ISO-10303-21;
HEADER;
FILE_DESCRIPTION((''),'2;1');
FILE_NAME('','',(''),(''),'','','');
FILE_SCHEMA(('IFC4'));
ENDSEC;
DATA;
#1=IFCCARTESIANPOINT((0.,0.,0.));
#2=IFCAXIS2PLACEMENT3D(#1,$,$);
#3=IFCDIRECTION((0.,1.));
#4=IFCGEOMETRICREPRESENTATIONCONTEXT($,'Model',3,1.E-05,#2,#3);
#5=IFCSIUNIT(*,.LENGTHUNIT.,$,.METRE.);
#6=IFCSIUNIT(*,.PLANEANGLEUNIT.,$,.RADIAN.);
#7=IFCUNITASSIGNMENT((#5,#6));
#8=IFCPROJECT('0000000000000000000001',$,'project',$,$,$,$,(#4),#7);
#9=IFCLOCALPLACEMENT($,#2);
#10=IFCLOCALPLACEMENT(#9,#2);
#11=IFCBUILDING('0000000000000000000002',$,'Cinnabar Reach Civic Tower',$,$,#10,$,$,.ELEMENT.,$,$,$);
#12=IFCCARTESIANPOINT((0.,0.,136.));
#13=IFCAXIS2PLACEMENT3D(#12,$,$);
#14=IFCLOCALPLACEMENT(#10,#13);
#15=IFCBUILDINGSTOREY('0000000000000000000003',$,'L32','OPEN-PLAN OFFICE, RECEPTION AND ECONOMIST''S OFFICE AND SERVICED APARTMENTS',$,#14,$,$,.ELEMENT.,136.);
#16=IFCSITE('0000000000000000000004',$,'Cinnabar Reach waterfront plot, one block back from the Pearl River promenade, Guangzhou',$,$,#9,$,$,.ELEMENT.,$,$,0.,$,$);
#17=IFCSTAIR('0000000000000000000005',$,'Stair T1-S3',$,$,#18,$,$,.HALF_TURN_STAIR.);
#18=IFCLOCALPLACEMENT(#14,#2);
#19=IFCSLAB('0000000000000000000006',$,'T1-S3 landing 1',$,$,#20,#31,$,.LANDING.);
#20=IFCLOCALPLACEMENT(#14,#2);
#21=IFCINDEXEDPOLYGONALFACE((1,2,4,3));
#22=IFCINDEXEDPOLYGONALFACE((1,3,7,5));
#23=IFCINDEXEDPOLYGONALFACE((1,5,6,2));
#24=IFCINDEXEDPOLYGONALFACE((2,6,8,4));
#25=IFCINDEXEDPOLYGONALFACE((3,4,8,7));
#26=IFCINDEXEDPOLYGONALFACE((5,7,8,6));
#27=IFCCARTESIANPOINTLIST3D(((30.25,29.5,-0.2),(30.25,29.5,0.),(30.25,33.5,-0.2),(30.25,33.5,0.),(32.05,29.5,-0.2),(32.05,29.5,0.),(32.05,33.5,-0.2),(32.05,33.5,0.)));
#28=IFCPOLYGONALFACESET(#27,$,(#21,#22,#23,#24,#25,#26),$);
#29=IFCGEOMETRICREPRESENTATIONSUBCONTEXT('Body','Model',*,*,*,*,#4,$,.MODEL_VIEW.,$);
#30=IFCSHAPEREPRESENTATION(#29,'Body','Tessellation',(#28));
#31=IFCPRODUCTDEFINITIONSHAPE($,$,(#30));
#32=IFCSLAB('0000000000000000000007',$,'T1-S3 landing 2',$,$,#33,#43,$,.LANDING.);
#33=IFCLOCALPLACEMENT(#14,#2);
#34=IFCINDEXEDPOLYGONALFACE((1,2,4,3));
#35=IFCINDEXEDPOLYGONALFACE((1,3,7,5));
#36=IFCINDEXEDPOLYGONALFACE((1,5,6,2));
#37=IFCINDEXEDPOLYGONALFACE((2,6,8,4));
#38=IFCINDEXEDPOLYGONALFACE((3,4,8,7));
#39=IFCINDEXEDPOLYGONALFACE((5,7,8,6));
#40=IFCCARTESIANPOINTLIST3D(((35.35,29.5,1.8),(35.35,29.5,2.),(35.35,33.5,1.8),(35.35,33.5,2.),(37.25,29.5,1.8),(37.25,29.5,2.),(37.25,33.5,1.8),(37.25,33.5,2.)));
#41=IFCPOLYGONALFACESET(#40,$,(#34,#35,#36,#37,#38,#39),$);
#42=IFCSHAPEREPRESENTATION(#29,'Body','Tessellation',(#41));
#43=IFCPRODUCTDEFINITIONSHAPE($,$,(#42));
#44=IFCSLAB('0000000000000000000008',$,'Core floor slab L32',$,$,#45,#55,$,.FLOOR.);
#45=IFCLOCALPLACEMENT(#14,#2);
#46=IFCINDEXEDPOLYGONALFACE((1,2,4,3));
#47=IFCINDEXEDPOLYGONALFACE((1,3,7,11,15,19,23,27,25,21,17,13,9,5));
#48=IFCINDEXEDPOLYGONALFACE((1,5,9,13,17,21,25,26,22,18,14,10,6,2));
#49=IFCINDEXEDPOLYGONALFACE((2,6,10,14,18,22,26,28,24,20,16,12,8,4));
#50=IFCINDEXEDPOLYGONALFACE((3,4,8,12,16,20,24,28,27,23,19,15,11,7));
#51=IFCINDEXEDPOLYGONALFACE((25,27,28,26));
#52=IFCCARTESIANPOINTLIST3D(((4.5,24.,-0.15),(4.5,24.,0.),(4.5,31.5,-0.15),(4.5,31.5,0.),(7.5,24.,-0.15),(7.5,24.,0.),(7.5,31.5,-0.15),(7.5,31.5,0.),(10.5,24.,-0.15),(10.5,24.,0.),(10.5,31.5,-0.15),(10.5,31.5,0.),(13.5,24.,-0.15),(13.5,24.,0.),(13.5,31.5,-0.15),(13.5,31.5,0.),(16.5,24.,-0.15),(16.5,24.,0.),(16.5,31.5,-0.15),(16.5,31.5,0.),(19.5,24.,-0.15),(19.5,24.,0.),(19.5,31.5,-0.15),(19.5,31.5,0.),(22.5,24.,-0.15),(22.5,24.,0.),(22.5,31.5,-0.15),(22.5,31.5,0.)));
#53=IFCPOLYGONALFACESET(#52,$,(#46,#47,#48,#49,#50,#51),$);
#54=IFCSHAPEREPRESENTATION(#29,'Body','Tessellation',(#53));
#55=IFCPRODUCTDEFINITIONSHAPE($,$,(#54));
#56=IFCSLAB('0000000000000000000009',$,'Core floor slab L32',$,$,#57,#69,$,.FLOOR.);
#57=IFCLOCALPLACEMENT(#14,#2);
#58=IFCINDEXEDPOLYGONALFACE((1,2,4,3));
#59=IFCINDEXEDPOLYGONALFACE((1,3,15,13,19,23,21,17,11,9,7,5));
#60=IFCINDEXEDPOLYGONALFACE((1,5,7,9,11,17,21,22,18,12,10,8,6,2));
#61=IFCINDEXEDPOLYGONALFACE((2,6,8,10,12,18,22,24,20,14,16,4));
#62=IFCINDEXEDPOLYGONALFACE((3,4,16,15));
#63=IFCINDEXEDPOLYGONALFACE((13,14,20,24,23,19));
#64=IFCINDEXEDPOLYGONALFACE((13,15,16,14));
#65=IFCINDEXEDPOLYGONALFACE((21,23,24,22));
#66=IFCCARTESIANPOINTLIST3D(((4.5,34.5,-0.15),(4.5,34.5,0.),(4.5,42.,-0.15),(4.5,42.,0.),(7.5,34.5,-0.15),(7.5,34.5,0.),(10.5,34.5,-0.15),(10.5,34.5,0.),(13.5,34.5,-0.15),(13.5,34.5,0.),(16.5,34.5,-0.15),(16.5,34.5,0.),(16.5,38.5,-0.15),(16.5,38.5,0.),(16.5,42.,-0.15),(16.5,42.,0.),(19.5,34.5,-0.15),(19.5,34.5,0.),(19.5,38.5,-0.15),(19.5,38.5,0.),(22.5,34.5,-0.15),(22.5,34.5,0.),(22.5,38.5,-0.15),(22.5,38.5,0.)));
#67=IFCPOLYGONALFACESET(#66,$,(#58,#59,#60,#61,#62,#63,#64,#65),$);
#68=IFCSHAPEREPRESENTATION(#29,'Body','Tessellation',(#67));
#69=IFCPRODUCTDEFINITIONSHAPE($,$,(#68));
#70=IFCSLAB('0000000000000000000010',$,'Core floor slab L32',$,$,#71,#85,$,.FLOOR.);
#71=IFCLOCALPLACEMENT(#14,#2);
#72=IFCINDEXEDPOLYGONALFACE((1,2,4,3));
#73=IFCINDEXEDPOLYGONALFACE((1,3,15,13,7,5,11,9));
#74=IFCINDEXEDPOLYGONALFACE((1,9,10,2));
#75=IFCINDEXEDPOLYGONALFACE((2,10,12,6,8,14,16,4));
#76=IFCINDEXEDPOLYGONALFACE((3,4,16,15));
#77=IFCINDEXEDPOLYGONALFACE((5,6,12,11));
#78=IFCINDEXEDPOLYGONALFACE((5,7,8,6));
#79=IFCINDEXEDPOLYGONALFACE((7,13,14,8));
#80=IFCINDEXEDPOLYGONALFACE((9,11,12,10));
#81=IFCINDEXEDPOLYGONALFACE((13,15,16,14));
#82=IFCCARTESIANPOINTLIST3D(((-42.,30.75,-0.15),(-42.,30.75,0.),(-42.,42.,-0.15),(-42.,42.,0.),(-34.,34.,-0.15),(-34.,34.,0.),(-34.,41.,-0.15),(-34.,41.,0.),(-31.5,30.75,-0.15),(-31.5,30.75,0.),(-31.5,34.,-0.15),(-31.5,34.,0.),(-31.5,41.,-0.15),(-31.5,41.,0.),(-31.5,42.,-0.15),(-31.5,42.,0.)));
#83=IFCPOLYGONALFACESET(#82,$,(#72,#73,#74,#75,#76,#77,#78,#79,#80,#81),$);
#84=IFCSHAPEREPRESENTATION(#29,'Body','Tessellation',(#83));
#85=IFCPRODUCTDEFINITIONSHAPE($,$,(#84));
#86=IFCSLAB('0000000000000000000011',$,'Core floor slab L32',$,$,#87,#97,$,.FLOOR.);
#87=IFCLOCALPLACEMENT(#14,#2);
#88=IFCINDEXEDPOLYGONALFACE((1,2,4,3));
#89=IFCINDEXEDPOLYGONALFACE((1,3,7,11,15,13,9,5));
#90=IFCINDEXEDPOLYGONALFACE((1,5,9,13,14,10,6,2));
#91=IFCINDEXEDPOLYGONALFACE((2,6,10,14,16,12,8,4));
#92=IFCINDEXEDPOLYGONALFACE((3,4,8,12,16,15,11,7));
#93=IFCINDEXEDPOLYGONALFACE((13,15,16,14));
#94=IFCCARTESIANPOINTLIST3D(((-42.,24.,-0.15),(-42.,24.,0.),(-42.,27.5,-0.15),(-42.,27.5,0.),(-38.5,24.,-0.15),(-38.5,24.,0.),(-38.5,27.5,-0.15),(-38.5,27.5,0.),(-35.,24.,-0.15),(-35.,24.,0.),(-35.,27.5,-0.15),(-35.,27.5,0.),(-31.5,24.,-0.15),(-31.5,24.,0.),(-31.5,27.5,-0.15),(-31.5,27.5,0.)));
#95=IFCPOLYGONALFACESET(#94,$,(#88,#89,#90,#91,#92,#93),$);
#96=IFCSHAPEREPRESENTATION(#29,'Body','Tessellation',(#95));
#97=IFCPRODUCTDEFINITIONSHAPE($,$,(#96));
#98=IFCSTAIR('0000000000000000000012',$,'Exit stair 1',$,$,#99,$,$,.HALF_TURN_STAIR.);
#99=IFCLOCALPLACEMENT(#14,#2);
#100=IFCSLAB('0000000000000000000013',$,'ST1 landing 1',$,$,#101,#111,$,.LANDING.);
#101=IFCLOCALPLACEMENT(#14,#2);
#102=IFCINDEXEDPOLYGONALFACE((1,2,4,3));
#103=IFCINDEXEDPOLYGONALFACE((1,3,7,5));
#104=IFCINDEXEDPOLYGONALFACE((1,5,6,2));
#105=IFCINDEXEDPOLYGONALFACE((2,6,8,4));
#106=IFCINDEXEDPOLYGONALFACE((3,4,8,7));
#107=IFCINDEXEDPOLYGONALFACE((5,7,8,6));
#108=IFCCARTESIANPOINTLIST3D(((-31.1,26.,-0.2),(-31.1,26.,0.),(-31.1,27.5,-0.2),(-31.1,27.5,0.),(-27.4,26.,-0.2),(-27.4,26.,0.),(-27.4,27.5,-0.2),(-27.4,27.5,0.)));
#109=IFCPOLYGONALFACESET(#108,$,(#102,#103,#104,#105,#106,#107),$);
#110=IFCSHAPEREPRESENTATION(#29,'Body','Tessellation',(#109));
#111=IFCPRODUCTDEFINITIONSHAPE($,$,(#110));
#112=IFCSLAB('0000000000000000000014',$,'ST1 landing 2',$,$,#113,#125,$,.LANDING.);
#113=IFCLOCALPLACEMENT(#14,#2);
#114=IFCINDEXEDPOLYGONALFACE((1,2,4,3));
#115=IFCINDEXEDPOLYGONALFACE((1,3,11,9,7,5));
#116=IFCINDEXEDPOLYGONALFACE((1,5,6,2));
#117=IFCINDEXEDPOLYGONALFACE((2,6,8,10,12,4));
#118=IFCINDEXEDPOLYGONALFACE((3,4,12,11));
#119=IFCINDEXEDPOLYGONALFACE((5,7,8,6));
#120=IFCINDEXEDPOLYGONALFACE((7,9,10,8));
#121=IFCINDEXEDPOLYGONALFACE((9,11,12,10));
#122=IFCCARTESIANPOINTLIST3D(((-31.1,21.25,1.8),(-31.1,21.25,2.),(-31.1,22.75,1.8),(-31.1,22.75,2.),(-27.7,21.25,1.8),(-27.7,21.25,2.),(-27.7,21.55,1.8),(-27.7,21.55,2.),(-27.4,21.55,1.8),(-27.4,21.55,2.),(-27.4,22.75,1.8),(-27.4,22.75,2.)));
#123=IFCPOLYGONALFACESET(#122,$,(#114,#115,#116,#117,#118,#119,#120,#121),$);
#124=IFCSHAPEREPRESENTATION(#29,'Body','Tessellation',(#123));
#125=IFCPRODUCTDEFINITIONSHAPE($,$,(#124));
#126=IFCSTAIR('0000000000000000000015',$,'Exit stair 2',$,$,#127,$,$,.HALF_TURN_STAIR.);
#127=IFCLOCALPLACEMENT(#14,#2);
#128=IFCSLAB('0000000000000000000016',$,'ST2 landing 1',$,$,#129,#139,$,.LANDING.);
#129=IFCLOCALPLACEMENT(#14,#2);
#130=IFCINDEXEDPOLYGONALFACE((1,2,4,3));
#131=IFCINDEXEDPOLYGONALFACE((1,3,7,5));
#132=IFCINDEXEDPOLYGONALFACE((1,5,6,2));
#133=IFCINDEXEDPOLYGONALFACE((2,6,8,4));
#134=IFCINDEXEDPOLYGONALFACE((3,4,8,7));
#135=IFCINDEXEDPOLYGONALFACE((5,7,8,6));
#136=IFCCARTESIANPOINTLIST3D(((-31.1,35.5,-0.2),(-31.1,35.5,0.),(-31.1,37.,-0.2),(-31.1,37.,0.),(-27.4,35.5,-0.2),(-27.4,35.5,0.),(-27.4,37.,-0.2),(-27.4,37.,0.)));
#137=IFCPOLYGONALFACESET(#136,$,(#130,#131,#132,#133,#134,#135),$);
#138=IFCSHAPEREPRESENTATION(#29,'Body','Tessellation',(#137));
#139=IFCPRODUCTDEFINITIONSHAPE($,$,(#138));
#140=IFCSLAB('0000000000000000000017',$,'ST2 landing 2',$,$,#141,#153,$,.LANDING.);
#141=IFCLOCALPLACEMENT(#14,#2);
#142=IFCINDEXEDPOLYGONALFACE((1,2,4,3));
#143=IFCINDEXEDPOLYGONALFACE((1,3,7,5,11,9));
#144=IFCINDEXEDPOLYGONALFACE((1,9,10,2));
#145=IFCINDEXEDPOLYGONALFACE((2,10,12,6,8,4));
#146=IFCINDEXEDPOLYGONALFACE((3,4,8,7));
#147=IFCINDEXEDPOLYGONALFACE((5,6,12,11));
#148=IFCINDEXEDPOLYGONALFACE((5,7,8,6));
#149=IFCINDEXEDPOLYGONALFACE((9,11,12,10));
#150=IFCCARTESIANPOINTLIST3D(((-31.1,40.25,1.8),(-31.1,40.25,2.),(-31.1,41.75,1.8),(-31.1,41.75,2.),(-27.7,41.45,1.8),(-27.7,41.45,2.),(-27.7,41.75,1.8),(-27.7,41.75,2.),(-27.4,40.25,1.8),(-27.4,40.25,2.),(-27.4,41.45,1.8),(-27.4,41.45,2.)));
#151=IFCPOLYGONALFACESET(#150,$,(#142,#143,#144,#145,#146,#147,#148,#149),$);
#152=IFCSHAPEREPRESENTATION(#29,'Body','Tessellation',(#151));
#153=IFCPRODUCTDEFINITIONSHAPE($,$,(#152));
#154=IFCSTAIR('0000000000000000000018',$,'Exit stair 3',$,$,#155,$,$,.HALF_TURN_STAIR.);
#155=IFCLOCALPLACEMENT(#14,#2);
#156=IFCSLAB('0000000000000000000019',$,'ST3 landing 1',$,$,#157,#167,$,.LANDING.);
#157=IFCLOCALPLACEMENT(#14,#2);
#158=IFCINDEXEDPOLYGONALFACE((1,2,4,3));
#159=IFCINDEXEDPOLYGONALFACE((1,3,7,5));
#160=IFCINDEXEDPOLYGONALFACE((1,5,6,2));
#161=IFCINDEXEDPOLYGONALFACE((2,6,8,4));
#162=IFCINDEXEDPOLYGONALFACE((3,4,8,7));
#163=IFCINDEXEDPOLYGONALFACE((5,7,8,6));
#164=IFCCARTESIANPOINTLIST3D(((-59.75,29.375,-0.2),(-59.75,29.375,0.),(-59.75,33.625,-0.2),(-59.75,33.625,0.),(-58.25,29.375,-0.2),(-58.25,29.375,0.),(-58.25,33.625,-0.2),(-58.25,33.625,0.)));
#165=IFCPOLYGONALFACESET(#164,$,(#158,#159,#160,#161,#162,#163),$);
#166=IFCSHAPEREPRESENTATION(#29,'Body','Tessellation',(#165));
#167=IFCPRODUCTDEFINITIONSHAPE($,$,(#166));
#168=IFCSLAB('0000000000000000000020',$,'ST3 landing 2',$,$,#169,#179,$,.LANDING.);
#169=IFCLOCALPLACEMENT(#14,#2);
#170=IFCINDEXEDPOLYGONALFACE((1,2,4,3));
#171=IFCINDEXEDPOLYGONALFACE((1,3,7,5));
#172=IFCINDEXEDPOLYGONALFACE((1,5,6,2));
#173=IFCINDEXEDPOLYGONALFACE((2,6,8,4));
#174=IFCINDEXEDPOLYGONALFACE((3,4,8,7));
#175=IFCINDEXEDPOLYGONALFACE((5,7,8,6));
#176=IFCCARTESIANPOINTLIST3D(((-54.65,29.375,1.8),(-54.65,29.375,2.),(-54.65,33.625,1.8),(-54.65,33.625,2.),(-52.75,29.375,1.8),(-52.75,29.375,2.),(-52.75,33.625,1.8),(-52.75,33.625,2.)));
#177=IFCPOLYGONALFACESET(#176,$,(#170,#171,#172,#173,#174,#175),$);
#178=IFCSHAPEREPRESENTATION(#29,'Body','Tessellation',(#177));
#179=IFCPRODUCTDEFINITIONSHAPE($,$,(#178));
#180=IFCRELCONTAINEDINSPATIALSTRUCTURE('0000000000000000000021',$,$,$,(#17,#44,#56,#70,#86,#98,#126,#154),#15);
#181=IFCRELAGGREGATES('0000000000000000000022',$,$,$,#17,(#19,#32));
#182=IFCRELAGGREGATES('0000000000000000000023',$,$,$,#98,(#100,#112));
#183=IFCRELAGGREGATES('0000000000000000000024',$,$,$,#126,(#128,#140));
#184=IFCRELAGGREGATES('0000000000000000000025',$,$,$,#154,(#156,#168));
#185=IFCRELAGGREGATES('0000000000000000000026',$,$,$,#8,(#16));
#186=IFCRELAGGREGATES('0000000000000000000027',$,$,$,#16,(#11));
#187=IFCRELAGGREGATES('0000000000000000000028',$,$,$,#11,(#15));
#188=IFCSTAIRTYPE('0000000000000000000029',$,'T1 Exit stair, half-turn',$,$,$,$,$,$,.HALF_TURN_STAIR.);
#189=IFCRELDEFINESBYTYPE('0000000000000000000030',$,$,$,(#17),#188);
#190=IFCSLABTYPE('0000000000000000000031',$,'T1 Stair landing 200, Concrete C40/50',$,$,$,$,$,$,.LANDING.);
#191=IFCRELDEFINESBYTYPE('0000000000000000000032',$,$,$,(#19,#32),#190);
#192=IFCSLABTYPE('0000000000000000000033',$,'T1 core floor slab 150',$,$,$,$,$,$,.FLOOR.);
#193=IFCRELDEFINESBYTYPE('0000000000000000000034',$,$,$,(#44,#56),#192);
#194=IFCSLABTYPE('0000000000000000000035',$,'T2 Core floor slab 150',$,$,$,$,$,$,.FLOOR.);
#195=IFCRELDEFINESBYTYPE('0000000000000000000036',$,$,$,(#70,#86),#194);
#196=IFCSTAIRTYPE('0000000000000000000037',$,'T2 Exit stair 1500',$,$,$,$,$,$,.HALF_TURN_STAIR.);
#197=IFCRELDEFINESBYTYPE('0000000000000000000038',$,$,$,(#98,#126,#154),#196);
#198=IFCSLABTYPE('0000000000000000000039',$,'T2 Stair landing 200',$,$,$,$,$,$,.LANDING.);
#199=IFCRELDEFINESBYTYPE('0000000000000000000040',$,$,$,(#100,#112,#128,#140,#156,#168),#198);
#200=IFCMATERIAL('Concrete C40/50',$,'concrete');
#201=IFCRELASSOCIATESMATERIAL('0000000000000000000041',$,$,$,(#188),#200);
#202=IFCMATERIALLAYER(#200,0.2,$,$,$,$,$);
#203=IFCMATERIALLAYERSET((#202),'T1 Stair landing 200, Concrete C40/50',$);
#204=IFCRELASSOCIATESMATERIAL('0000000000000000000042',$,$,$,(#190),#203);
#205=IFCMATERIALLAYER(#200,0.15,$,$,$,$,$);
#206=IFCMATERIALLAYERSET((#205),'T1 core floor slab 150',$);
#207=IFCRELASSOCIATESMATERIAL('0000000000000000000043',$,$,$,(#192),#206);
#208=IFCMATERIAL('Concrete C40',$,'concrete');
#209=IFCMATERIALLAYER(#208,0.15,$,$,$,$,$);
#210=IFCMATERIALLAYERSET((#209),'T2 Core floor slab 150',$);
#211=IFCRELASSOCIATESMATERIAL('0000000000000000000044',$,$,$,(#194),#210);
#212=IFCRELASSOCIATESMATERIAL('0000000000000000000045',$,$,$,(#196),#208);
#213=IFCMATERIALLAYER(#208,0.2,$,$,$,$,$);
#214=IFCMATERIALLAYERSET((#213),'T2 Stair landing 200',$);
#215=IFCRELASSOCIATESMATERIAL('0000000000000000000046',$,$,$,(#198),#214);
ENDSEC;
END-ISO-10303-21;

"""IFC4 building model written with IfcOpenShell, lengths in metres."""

from ifc_helpers import new_model, si_unit, direction, frame, origin, place, context, subcontext, project, spatial, polyline, outline, extrude, material, layer, layer_set, type_object, element, aggregate, save


model = new_model("IFC4")

# Units and contexts
model_context = context("Model", 3, precision=1e-05, world=origin(), true_north=direction((0.0, 1.0)))
body_context = subcontext(model_context, "Body", "Model", "MODEL_VIEW")
ifc_project = project(units=[si_unit("LENGTHUNIT", "METRE"), si_unit("PLANEANGLEUNIT", "RADIAN")], contexts=[model_context])

# Site, building, storey
site_placement = place(None, origin())
site = spatial("IfcSite", under=ifc_project, at=site_placement, Name="Cinnabar Reach waterfront plot, one block back from the Pearl River promenade, Guangzhou", CompositionType="ELEMENT", RefElevation=0.0)
building_placement = place(site_placement, origin())
building = spatial("IfcBuilding", under=site, at=building_placement, Name="Cinnabar Reach Civic Tower", CompositionType="ELEMENT")
storey_placement = place(building_placement, frame((0.0, 0.0, 136.0)))
storey = spatial("IfcBuildingStorey", under=building, at=storey_placement, Name="L32", Description="OPEN-PLAN OFFICE, RECEPTION AND ECONOMIST'S OFFICE AND SERVICED APARTMENTS", CompositionType="ELEMENT", Elevation=136.0)

# Shared definitions
ifc_material_1 = material(Name="Concrete C40", Category="concrete")

# Stair, slabs
ifc_material_2 = material(Name="Concrete C40/50", Category="concrete")
stair_type_1 = type_object("IfcStairType", Name="T1 Exit stair, half-turn", PredefinedType="HALF_TURN_STAIR", material=ifc_material_2)
ifc_layer_1 = layer(ifc_material_2, 0.2)
ifc_layer_set_1 = layer_set([ifc_layer_1], Name="T1 Stair landing 200, Concrete C40/50")
slab_type_1 = type_object("IfcSlabType", Name="T1 Stair landing 200, Concrete C40/50", PredefinedType="LANDING", material=ifc_layer_set_1)
stair_1_placement = place(storey_placement, origin())
stair_1 = element("IfcStair", 1, at=stair_1_placement, inside=storey, type_object=stair_type_1, Name="Stair T1-S3", PredefinedType="HALF_TURN_STAIR")
slab_1_placement = place(storey_placement, frame((0.0, 0.0, -0.2)))
slab_1 = element("IfcSlab", 2, at=slab_1_placement, type_object=slab_type_1, Name="T1-S3 landing 1", PredefinedType="LANDING", context=body_context, shape_type="SweptSolid", body=[
    extrude(outline(polyline([(30.25, 29.5), (32.05, 29.5), (32.05, 33.5), (30.25, 33.5), (30.25, 29.5)])), origin(), (0.0, 0.0, 1.0), 0.2),
])
slab_2_placement = place(storey_placement, frame((0.0, 0.0, 1.8)))
slab_2 = element("IfcSlab", 3, at=slab_2_placement, type_object=slab_type_1, Name="T1-S3 landing 2", PredefinedType="LANDING", context=body_context, shape_type="SweptSolid", body=[
    extrude(outline(polyline([(35.35, 29.5), (37.25, 29.5), (37.25, 33.5), (35.35, 33.5), (35.35, 29.5)])), origin(), (0.0, 0.0, 1.0), 0.2),
])
aggregate(stair_1, [slab_1, slab_2])

# Slabs
ifc_layer_2 = layer(ifc_material_2, 0.15)
ifc_layer_set_2 = layer_set([ifc_layer_2], Name="T1 core floor slab 150")
slab_type_2 = type_object("IfcSlabType", Name="T1 core floor slab 150", PredefinedType="FLOOR", material=ifc_layer_set_2)
slab_3_placement = place(storey_placement, frame((0.0, 0.0, -0.15)))
element("IfcSlab", 4, at=slab_3_placement, inside=storey, type_object=slab_type_2, Name="Core floor slab L32", PredefinedType="FLOOR", context=body_context, shape_type="SweptSolid", body=[
    extrude(outline(polyline([(22.5, 24.0), (19.5, 24.0), (16.5, 24.0), (13.5, 24.0), (10.5, 24.0), (7.5, 24.0), (4.5, 24.0), (4.5, 31.5), (7.5, 31.5), (10.5, 31.5), (13.5, 31.5), (16.5, 31.5), (19.5, 31.5), (22.5, 31.5), (22.5, 24.0)])), origin(), (0.0, 0.0, 1.0), 0.15),
])
slab_4_placement = place(storey_placement, frame((0.0, 0.0, -0.15)))
element("IfcSlab", 5, at=slab_4_placement, inside=storey, type_object=slab_type_2, Name="Core floor slab L32", PredefinedType="FLOOR", context=body_context, shape_type="SweptSolid", body=[
    extrude(outline(polyline([(22.5, 34.5), (19.5, 34.5), (16.5, 34.5), (13.5, 34.5), (10.5, 34.5), (7.5, 34.5), (4.5, 34.5), (4.5, 42.0), (16.5, 42.0), (16.5, 38.5), (19.5, 38.5), (22.5, 38.5), (22.5, 34.5)])), origin(), (0.0, 0.0, 1.0), 0.15),
])
ifc_layer_3 = layer(ifc_material_1, 0.15)
ifc_layer_set_3 = layer_set([ifc_layer_3], Name="T2 Core floor slab 150")
slab_type_3 = type_object("IfcSlabType", Name="T2 Core floor slab 150", PredefinedType="FLOOR", material=ifc_layer_set_3)
slab_5_placement = place(storey_placement, frame((0.0, 0.0, -0.15)))
element("IfcSlab", 6, at=slab_5_placement, inside=storey, type_object=slab_type_3, Name="Core floor slab L32", PredefinedType="FLOOR", context=body_context, shape_type="SweptSolid", body=[
    extrude(outline(polyline([(-42.0, 42.0), (-31.5, 42.0), (-31.5, 41.0), (-34.0, 41.0), (-34.0, 34.0), (-31.5, 34.0), (-31.5, 30.75), (-42.0, 30.75), (-42.0, 42.0)])), origin(), (0.0, 0.0, 1.0), 0.15),
])
slab_6_placement = place(storey_placement, frame((0.0, 0.0, -0.15)))
element("IfcSlab", 7, at=slab_6_placement, inside=storey, type_object=slab_type_3, Name="Core floor slab L32", PredefinedType="FLOOR", context=body_context, shape_type="SweptSolid", body=[
    extrude(outline(polyline([(-35.0, 24.0), (-38.5, 24.0), (-42.0, 24.0), (-42.0, 27.5), (-38.5, 27.5), (-35.0, 27.5), (-31.5, 27.5), (-31.5, 24.0), (-35.0, 24.0)])), origin(), (0.0, 0.0, 1.0), 0.15),
])

# Stairs, slabs
stair_type_2 = type_object("IfcStairType", Name="T2 Exit stair 1500", PredefinedType="HALF_TURN_STAIR", material=ifc_material_1)
stair_2_placement = place(storey_placement, origin())
stair_2 = element("IfcStair", 8, at=stair_2_placement, inside=storey, type_object=stair_type_2, Name="Exit stair 1", PredefinedType="HALF_TURN_STAIR")
ifc_layer_4 = layer(ifc_material_1, 0.2)
ifc_layer_set_4 = layer_set([ifc_layer_4], Name="T2 Stair landing 200")
slab_type_4 = type_object("IfcSlabType", Name="T2 Stair landing 200", PredefinedType="LANDING", material=ifc_layer_set_4)
slab_7_placement = place(storey_placement, frame((0.0, 0.0, -0.2)))
slab_7 = element("IfcSlab", 9, at=slab_7_placement, type_object=slab_type_4, Name="ST1 landing 1", PredefinedType="LANDING", context=body_context, shape_type="SweptSolid", body=[
    extrude(outline(polyline([(-31.1, 26.0), (-31.1, 27.5), (-27.4, 27.5), (-27.4, 26.0), (-31.1, 26.0)])), origin(), (0.0, 0.0, 1.0), 0.2),
])
slab_8_placement = place(storey_placement, frame((0.0, 0.0, 1.8)))
slab_8 = element("IfcSlab", 10, at=slab_8_placement, type_object=slab_type_4, Name="ST1 landing 2", PredefinedType="LANDING", context=body_context, shape_type="SweptSolid", body=[
    extrude(outline(polyline([(-31.1, 21.25), (-31.1, 22.75), (-27.4, 22.75), (-27.4, 21.55), (-27.7, 21.55), (-27.7, 21.25), (-31.1, 21.25)])), origin(), (0.0, 0.0, 1.0), 0.2),
])
aggregate(stair_2, [slab_7, slab_8])
stair_3_placement = place(storey_placement, origin())
stair_3 = element("IfcStair", 11, at=stair_3_placement, inside=storey, type_object=stair_type_2, Name="Exit stair 2", PredefinedType="HALF_TURN_STAIR")
slab_9_placement = place(storey_placement, frame((0.0, 0.0, -0.2)))
slab_9 = element("IfcSlab", 12, at=slab_9_placement, type_object=slab_type_4, Name="ST2 landing 1", PredefinedType="LANDING", context=body_context, shape_type="SweptSolid", body=[
    extrude(outline(polyline([(-31.1, 35.5), (-31.1, 37.0), (-27.4, 37.0), (-27.4, 35.5), (-31.1, 35.5)])), origin(), (0.0, 0.0, 1.0), 0.2),
])
slab_10_placement = place(storey_placement, frame((0.0, 0.0, 1.8)))
slab_10 = element("IfcSlab", 13, at=slab_10_placement, type_object=slab_type_4, Name="ST2 landing 2", PredefinedType="LANDING", context=body_context, shape_type="SweptSolid", body=[
    extrude(outline(polyline([(-27.4, 40.25), (-31.1, 40.25), (-31.1, 41.75), (-27.7, 41.75), (-27.7, 41.45), (-27.4, 41.45), (-27.4, 40.25)])), origin(), (0.0, 0.0, 1.0), 0.2),
])
aggregate(stair_3, [slab_9, slab_10])
stair_4_placement = place(storey_placement, origin())
stair_4 = element("IfcStair", 14, at=stair_4_placement, inside=storey, type_object=stair_type_2, Name="Exit stair 3", PredefinedType="HALF_TURN_STAIR")
slab_11_placement = place(storey_placement, frame((0.0, 0.0, -0.2)))
slab_11 = element("IfcSlab", 15, at=slab_11_placement, type_object=slab_type_4, Name="ST3 landing 1", PredefinedType="LANDING", context=body_context, shape_type="SweptSolid", body=[
    extrude(outline(polyline([(-59.75, 29.375), (-59.75, 33.625), (-58.25, 33.625), (-58.25, 29.375), (-59.75, 29.375)])), origin(), (0.0, 0.0, 1.0), 0.2),
])
slab_12_placement = place(storey_placement, frame((0.0, 0.0, 1.8)))
slab_12 = element("IfcSlab", 16, at=slab_12_placement, type_object=slab_type_4, Name="ST3 landing 2", PredefinedType="LANDING", context=body_context, shape_type="SweptSolid", body=[
    extrude(outline(polyline([(-54.65, 29.375), (-54.65, 33.625), (-52.75, 33.625), (-52.75, 29.375), (-54.65, 29.375)])), origin(), (0.0, 0.0, 1.0), 0.2),
])
aggregate(stair_4, [slab_11, slab_12])

save(model, "model.ifc")
